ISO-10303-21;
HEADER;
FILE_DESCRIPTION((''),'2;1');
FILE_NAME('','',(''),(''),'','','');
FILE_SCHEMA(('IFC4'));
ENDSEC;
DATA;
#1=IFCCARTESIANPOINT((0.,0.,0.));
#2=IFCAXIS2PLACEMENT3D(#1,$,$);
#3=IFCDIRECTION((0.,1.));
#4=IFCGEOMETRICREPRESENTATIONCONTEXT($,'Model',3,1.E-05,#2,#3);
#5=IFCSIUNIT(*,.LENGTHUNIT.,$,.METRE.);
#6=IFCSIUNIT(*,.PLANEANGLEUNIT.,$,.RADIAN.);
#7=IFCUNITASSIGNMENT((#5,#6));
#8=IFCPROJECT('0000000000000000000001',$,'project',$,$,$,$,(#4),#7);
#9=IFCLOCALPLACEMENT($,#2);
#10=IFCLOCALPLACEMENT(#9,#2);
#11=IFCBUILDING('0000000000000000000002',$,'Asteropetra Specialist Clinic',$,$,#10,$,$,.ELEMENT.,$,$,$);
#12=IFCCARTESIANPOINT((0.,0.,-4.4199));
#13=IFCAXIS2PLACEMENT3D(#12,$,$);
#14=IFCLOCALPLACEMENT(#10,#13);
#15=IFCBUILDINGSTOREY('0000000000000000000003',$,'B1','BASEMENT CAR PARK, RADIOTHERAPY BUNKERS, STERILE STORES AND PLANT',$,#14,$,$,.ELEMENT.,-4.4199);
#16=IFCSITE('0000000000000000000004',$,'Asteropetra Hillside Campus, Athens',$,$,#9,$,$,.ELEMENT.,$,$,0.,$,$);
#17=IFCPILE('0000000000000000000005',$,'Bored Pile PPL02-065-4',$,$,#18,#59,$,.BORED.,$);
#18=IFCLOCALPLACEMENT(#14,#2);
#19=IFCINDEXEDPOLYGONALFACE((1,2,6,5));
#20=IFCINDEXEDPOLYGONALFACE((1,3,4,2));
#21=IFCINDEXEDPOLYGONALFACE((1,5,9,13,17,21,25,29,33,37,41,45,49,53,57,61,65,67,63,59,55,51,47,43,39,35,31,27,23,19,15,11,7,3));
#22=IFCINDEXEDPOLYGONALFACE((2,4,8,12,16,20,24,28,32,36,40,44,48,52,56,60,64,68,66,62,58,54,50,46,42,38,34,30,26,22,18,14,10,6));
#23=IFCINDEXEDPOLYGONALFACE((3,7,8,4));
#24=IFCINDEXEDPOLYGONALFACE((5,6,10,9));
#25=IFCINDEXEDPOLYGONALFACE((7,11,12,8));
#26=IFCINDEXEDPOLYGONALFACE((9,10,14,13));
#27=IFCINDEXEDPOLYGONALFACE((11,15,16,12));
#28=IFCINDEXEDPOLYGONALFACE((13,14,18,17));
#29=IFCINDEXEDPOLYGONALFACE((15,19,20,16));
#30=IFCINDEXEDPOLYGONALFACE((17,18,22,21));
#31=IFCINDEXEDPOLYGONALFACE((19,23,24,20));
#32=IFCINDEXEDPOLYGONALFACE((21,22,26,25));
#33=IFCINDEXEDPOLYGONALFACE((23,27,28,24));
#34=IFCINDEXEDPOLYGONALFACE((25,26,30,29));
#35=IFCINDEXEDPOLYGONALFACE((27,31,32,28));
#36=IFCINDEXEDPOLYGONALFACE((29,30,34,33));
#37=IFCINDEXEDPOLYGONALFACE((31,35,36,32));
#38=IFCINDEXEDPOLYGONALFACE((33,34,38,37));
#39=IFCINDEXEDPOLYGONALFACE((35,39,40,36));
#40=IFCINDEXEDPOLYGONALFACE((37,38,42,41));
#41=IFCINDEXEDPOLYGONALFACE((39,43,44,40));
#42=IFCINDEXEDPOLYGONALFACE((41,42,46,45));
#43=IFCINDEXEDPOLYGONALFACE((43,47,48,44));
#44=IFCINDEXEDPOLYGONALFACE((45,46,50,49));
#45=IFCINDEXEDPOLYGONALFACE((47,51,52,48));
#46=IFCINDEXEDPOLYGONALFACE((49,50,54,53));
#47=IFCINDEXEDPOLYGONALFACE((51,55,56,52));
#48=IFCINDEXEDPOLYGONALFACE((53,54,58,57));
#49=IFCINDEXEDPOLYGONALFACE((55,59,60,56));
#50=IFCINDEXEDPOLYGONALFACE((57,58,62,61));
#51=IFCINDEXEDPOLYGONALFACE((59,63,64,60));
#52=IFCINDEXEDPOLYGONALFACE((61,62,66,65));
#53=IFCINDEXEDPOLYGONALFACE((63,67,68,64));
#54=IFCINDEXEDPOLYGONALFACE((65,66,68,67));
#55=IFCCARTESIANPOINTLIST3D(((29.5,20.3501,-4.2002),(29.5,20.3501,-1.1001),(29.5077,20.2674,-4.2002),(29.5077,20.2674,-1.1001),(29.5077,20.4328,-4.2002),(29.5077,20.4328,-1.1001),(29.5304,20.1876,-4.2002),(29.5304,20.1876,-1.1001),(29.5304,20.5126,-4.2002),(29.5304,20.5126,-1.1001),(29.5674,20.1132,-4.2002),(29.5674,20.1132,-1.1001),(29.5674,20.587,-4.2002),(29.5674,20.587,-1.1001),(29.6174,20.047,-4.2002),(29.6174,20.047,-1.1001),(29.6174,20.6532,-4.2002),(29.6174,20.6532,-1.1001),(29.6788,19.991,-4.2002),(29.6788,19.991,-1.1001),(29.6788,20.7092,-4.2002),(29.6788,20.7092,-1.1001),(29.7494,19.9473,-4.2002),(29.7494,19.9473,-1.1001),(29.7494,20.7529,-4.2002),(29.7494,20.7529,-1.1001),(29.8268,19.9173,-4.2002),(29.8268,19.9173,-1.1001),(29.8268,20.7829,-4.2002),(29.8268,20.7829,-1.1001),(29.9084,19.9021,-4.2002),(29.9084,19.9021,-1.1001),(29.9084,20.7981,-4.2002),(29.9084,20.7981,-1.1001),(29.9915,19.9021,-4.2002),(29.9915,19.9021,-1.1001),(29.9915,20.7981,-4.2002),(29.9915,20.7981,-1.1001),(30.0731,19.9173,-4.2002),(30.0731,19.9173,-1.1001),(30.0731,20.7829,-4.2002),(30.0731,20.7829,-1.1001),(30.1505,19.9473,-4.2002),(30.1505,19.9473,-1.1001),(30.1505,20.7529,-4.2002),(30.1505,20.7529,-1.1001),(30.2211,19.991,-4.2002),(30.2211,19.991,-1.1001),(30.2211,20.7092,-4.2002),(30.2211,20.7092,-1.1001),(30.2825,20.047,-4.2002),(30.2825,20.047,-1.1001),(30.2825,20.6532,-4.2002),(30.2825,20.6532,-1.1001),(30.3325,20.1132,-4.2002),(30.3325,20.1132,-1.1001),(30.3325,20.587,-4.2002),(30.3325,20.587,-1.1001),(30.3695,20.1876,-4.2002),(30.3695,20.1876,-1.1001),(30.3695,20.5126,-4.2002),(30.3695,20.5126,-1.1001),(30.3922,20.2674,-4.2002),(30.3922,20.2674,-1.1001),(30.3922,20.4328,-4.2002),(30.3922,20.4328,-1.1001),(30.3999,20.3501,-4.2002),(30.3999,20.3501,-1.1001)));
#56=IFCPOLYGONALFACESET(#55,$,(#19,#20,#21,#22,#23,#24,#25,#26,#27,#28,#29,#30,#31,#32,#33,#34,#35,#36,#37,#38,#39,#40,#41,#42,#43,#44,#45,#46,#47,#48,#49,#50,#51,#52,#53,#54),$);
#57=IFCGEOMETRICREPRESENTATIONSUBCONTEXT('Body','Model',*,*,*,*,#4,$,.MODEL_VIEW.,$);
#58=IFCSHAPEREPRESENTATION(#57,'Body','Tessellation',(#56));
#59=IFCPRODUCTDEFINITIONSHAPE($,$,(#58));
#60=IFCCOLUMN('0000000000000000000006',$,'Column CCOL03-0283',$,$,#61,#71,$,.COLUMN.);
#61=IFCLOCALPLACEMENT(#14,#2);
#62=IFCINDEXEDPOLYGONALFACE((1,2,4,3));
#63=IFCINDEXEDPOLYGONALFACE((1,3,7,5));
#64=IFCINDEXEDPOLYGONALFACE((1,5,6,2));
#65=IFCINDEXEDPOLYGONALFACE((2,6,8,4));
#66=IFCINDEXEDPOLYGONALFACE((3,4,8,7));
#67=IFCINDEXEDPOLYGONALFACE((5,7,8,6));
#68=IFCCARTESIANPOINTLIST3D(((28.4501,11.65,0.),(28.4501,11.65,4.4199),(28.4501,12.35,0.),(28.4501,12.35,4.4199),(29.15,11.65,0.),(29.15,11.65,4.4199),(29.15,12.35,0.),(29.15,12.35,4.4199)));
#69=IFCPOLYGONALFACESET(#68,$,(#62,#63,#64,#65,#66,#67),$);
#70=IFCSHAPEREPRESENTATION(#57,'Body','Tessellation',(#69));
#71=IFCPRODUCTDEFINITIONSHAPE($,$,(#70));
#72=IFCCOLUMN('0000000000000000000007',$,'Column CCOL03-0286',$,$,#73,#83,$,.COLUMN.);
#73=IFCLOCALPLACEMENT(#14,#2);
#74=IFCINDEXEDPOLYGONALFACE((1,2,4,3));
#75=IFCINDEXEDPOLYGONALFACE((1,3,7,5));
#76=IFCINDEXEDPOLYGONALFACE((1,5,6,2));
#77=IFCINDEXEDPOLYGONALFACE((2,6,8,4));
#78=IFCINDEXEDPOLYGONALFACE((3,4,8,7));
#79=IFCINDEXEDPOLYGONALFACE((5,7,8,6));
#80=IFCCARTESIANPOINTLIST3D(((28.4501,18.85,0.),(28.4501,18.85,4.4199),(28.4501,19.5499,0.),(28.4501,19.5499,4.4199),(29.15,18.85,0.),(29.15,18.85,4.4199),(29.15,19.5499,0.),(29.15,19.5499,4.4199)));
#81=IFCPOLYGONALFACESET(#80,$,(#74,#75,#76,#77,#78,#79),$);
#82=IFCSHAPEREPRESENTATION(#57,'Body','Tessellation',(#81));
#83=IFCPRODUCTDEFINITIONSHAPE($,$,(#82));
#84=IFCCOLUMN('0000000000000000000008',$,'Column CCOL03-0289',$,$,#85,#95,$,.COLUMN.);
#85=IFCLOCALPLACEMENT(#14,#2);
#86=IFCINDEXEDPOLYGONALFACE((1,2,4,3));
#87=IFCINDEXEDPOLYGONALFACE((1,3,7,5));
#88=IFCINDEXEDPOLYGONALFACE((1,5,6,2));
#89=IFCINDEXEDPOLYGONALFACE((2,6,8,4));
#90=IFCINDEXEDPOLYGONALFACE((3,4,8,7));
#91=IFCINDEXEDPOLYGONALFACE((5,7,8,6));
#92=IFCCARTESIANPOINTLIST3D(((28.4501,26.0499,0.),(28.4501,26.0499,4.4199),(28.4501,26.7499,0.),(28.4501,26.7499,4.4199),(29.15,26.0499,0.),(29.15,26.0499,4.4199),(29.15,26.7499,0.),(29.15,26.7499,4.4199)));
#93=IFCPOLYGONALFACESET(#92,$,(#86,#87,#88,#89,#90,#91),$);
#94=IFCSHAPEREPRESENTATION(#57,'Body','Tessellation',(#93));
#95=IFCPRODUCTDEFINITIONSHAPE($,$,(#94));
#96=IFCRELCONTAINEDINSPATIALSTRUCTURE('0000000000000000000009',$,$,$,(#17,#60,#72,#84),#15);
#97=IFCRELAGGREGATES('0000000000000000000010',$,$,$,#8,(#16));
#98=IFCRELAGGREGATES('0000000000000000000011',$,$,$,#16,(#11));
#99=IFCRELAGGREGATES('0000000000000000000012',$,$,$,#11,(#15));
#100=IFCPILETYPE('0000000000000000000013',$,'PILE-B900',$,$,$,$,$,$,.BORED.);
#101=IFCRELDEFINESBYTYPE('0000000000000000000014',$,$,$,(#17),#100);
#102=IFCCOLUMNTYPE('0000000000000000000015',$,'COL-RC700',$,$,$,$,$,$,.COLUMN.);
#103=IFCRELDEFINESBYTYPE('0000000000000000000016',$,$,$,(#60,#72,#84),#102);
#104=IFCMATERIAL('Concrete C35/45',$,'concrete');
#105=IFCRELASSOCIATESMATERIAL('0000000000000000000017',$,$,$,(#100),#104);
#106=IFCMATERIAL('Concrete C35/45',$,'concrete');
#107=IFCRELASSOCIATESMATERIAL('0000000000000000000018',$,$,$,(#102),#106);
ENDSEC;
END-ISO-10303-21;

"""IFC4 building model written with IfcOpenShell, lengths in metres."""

from ifc_helpers import new_model, si_unit, direction, frame, origin, origin_2d, place, context, subcontext, project, spatial, rectangle, circle, extrude, material, material_profile, profile_set, type_object, element, save


model = new_model("IFC4")

# Units and contexts
model_context = context("Model", 3, precision=1e-05, world=origin(), true_north=direction((0.0, 1.0)))
body_context = subcontext(model_context, "Body", "Model", "MODEL_VIEW")
ifc_project = project(units=[si_unit("LENGTHUNIT", "METRE"), si_unit("PLANEANGLEUNIT", "RADIAN")], contexts=[model_context])

# Site, building, storey
site_placement = place(None, origin())
site = spatial("IfcSite", under=ifc_project, at=site_placement, Name="Asteropetra Hillside Campus, Athens", CompositionType="ELEMENT", RefElevation=0.0)
building_placement = place(site_placement, origin())
building = spatial("IfcBuilding", under=site, at=building_placement, Name="Asteropetra Specialist Clinic", CompositionType="ELEMENT")
storey_placement = place(building_placement, frame((0.0, 0.0, -4.4199)))
storey = spatial("IfcBuildingStorey", under=building, at=storey_placement, Name="B1", Description="BASEMENT CAR PARK, RADIOTHERAPY BUNKERS, STERILE STORES AND PLANT", CompositionType="ELEMENT", Elevation=-4.4199)

# Pile
ifc_material_1 = material(Name="Concrete C35/45", Category="concrete")
ifc_material_profile_1 = material_profile(ifc_material_1, circle(Radius=0.45, at=origin_2d()), Name="PILE D900")
ifc_profile_set_1 = profile_set([ifc_material_profile_1], Name="Concrete C35/45")
pile_type_1 = type_object("IfcPileType", Name="PILE-B900", PredefinedType="BORED", material=ifc_profile_set_1)
for number, where, z_axis, x_axis, name in (
    (1, (29.95, 20.3501, -1.1001), (0.0, 0.0, -1.0), (1.0, 0.0, 0.0), "Bored Pile PPL02-065-4"),
):
    element("IfcPile", number, at=place(storey_placement, frame(where, z_axis=z_axis, x_axis=x_axis)), inside=storey, type_object=pile_type_1, Name=name, PredefinedType="BORED", context=body_context, shape_type="SweptSolid", body=[
        extrude(circle(Radius=0.45, at=origin_2d()), origin(), (0.0, 0.0, 1.0), 3.1001),
    ])

# Columns
ifc_material_2 = material(Name="Concrete C35/45", Category="concrete")
ifc_material_profile_2 = material_profile(ifc_material_2, rectangle(XDim=0.7, YDim=0.7, at=origin_2d()), Name="RC 700x700")
ifc_profile_set_2 = profile_set([ifc_material_profile_2], Name="Concrete C35/45")
column_type = type_object("IfcColumnType", Name="COL-RC700", PredefinedType="COLUMN", material=ifc_profile_set_2)
for number, where, z_axis, x_axis, name in (
    (2, (28.8, 12.0, 0.0), (0.0, 0.0, 1.0), (1.0, 0.0, 0.0), "Column CCOL03-0283"),
    (3, (28.8, 19.2, 0.0), (0.0, 0.0, 1.0), (1.0, 0.0, 0.0), "Column CCOL03-0286"),
    (4, (28.8, 26.3999, 0.0), (0.0, 0.0, 1.0), (1.0, 0.0, 0.0), "Column CCOL03-0289"),
):
    element("IfcColumn", number, at=place(storey_placement, frame(where, z_axis=z_axis, x_axis=x_axis)), inside=storey, type_object=column_type, Name=name, PredefinedType="COLUMN", context=body_context, shape_type="SweptSolid", body=[
        extrude(rectangle(XDim=0.7, YDim=0.7, at=origin_2d()), origin(), (0.0, 0.0, 1.0), 4.4199),
    ])

save(model, "model.ifc")
